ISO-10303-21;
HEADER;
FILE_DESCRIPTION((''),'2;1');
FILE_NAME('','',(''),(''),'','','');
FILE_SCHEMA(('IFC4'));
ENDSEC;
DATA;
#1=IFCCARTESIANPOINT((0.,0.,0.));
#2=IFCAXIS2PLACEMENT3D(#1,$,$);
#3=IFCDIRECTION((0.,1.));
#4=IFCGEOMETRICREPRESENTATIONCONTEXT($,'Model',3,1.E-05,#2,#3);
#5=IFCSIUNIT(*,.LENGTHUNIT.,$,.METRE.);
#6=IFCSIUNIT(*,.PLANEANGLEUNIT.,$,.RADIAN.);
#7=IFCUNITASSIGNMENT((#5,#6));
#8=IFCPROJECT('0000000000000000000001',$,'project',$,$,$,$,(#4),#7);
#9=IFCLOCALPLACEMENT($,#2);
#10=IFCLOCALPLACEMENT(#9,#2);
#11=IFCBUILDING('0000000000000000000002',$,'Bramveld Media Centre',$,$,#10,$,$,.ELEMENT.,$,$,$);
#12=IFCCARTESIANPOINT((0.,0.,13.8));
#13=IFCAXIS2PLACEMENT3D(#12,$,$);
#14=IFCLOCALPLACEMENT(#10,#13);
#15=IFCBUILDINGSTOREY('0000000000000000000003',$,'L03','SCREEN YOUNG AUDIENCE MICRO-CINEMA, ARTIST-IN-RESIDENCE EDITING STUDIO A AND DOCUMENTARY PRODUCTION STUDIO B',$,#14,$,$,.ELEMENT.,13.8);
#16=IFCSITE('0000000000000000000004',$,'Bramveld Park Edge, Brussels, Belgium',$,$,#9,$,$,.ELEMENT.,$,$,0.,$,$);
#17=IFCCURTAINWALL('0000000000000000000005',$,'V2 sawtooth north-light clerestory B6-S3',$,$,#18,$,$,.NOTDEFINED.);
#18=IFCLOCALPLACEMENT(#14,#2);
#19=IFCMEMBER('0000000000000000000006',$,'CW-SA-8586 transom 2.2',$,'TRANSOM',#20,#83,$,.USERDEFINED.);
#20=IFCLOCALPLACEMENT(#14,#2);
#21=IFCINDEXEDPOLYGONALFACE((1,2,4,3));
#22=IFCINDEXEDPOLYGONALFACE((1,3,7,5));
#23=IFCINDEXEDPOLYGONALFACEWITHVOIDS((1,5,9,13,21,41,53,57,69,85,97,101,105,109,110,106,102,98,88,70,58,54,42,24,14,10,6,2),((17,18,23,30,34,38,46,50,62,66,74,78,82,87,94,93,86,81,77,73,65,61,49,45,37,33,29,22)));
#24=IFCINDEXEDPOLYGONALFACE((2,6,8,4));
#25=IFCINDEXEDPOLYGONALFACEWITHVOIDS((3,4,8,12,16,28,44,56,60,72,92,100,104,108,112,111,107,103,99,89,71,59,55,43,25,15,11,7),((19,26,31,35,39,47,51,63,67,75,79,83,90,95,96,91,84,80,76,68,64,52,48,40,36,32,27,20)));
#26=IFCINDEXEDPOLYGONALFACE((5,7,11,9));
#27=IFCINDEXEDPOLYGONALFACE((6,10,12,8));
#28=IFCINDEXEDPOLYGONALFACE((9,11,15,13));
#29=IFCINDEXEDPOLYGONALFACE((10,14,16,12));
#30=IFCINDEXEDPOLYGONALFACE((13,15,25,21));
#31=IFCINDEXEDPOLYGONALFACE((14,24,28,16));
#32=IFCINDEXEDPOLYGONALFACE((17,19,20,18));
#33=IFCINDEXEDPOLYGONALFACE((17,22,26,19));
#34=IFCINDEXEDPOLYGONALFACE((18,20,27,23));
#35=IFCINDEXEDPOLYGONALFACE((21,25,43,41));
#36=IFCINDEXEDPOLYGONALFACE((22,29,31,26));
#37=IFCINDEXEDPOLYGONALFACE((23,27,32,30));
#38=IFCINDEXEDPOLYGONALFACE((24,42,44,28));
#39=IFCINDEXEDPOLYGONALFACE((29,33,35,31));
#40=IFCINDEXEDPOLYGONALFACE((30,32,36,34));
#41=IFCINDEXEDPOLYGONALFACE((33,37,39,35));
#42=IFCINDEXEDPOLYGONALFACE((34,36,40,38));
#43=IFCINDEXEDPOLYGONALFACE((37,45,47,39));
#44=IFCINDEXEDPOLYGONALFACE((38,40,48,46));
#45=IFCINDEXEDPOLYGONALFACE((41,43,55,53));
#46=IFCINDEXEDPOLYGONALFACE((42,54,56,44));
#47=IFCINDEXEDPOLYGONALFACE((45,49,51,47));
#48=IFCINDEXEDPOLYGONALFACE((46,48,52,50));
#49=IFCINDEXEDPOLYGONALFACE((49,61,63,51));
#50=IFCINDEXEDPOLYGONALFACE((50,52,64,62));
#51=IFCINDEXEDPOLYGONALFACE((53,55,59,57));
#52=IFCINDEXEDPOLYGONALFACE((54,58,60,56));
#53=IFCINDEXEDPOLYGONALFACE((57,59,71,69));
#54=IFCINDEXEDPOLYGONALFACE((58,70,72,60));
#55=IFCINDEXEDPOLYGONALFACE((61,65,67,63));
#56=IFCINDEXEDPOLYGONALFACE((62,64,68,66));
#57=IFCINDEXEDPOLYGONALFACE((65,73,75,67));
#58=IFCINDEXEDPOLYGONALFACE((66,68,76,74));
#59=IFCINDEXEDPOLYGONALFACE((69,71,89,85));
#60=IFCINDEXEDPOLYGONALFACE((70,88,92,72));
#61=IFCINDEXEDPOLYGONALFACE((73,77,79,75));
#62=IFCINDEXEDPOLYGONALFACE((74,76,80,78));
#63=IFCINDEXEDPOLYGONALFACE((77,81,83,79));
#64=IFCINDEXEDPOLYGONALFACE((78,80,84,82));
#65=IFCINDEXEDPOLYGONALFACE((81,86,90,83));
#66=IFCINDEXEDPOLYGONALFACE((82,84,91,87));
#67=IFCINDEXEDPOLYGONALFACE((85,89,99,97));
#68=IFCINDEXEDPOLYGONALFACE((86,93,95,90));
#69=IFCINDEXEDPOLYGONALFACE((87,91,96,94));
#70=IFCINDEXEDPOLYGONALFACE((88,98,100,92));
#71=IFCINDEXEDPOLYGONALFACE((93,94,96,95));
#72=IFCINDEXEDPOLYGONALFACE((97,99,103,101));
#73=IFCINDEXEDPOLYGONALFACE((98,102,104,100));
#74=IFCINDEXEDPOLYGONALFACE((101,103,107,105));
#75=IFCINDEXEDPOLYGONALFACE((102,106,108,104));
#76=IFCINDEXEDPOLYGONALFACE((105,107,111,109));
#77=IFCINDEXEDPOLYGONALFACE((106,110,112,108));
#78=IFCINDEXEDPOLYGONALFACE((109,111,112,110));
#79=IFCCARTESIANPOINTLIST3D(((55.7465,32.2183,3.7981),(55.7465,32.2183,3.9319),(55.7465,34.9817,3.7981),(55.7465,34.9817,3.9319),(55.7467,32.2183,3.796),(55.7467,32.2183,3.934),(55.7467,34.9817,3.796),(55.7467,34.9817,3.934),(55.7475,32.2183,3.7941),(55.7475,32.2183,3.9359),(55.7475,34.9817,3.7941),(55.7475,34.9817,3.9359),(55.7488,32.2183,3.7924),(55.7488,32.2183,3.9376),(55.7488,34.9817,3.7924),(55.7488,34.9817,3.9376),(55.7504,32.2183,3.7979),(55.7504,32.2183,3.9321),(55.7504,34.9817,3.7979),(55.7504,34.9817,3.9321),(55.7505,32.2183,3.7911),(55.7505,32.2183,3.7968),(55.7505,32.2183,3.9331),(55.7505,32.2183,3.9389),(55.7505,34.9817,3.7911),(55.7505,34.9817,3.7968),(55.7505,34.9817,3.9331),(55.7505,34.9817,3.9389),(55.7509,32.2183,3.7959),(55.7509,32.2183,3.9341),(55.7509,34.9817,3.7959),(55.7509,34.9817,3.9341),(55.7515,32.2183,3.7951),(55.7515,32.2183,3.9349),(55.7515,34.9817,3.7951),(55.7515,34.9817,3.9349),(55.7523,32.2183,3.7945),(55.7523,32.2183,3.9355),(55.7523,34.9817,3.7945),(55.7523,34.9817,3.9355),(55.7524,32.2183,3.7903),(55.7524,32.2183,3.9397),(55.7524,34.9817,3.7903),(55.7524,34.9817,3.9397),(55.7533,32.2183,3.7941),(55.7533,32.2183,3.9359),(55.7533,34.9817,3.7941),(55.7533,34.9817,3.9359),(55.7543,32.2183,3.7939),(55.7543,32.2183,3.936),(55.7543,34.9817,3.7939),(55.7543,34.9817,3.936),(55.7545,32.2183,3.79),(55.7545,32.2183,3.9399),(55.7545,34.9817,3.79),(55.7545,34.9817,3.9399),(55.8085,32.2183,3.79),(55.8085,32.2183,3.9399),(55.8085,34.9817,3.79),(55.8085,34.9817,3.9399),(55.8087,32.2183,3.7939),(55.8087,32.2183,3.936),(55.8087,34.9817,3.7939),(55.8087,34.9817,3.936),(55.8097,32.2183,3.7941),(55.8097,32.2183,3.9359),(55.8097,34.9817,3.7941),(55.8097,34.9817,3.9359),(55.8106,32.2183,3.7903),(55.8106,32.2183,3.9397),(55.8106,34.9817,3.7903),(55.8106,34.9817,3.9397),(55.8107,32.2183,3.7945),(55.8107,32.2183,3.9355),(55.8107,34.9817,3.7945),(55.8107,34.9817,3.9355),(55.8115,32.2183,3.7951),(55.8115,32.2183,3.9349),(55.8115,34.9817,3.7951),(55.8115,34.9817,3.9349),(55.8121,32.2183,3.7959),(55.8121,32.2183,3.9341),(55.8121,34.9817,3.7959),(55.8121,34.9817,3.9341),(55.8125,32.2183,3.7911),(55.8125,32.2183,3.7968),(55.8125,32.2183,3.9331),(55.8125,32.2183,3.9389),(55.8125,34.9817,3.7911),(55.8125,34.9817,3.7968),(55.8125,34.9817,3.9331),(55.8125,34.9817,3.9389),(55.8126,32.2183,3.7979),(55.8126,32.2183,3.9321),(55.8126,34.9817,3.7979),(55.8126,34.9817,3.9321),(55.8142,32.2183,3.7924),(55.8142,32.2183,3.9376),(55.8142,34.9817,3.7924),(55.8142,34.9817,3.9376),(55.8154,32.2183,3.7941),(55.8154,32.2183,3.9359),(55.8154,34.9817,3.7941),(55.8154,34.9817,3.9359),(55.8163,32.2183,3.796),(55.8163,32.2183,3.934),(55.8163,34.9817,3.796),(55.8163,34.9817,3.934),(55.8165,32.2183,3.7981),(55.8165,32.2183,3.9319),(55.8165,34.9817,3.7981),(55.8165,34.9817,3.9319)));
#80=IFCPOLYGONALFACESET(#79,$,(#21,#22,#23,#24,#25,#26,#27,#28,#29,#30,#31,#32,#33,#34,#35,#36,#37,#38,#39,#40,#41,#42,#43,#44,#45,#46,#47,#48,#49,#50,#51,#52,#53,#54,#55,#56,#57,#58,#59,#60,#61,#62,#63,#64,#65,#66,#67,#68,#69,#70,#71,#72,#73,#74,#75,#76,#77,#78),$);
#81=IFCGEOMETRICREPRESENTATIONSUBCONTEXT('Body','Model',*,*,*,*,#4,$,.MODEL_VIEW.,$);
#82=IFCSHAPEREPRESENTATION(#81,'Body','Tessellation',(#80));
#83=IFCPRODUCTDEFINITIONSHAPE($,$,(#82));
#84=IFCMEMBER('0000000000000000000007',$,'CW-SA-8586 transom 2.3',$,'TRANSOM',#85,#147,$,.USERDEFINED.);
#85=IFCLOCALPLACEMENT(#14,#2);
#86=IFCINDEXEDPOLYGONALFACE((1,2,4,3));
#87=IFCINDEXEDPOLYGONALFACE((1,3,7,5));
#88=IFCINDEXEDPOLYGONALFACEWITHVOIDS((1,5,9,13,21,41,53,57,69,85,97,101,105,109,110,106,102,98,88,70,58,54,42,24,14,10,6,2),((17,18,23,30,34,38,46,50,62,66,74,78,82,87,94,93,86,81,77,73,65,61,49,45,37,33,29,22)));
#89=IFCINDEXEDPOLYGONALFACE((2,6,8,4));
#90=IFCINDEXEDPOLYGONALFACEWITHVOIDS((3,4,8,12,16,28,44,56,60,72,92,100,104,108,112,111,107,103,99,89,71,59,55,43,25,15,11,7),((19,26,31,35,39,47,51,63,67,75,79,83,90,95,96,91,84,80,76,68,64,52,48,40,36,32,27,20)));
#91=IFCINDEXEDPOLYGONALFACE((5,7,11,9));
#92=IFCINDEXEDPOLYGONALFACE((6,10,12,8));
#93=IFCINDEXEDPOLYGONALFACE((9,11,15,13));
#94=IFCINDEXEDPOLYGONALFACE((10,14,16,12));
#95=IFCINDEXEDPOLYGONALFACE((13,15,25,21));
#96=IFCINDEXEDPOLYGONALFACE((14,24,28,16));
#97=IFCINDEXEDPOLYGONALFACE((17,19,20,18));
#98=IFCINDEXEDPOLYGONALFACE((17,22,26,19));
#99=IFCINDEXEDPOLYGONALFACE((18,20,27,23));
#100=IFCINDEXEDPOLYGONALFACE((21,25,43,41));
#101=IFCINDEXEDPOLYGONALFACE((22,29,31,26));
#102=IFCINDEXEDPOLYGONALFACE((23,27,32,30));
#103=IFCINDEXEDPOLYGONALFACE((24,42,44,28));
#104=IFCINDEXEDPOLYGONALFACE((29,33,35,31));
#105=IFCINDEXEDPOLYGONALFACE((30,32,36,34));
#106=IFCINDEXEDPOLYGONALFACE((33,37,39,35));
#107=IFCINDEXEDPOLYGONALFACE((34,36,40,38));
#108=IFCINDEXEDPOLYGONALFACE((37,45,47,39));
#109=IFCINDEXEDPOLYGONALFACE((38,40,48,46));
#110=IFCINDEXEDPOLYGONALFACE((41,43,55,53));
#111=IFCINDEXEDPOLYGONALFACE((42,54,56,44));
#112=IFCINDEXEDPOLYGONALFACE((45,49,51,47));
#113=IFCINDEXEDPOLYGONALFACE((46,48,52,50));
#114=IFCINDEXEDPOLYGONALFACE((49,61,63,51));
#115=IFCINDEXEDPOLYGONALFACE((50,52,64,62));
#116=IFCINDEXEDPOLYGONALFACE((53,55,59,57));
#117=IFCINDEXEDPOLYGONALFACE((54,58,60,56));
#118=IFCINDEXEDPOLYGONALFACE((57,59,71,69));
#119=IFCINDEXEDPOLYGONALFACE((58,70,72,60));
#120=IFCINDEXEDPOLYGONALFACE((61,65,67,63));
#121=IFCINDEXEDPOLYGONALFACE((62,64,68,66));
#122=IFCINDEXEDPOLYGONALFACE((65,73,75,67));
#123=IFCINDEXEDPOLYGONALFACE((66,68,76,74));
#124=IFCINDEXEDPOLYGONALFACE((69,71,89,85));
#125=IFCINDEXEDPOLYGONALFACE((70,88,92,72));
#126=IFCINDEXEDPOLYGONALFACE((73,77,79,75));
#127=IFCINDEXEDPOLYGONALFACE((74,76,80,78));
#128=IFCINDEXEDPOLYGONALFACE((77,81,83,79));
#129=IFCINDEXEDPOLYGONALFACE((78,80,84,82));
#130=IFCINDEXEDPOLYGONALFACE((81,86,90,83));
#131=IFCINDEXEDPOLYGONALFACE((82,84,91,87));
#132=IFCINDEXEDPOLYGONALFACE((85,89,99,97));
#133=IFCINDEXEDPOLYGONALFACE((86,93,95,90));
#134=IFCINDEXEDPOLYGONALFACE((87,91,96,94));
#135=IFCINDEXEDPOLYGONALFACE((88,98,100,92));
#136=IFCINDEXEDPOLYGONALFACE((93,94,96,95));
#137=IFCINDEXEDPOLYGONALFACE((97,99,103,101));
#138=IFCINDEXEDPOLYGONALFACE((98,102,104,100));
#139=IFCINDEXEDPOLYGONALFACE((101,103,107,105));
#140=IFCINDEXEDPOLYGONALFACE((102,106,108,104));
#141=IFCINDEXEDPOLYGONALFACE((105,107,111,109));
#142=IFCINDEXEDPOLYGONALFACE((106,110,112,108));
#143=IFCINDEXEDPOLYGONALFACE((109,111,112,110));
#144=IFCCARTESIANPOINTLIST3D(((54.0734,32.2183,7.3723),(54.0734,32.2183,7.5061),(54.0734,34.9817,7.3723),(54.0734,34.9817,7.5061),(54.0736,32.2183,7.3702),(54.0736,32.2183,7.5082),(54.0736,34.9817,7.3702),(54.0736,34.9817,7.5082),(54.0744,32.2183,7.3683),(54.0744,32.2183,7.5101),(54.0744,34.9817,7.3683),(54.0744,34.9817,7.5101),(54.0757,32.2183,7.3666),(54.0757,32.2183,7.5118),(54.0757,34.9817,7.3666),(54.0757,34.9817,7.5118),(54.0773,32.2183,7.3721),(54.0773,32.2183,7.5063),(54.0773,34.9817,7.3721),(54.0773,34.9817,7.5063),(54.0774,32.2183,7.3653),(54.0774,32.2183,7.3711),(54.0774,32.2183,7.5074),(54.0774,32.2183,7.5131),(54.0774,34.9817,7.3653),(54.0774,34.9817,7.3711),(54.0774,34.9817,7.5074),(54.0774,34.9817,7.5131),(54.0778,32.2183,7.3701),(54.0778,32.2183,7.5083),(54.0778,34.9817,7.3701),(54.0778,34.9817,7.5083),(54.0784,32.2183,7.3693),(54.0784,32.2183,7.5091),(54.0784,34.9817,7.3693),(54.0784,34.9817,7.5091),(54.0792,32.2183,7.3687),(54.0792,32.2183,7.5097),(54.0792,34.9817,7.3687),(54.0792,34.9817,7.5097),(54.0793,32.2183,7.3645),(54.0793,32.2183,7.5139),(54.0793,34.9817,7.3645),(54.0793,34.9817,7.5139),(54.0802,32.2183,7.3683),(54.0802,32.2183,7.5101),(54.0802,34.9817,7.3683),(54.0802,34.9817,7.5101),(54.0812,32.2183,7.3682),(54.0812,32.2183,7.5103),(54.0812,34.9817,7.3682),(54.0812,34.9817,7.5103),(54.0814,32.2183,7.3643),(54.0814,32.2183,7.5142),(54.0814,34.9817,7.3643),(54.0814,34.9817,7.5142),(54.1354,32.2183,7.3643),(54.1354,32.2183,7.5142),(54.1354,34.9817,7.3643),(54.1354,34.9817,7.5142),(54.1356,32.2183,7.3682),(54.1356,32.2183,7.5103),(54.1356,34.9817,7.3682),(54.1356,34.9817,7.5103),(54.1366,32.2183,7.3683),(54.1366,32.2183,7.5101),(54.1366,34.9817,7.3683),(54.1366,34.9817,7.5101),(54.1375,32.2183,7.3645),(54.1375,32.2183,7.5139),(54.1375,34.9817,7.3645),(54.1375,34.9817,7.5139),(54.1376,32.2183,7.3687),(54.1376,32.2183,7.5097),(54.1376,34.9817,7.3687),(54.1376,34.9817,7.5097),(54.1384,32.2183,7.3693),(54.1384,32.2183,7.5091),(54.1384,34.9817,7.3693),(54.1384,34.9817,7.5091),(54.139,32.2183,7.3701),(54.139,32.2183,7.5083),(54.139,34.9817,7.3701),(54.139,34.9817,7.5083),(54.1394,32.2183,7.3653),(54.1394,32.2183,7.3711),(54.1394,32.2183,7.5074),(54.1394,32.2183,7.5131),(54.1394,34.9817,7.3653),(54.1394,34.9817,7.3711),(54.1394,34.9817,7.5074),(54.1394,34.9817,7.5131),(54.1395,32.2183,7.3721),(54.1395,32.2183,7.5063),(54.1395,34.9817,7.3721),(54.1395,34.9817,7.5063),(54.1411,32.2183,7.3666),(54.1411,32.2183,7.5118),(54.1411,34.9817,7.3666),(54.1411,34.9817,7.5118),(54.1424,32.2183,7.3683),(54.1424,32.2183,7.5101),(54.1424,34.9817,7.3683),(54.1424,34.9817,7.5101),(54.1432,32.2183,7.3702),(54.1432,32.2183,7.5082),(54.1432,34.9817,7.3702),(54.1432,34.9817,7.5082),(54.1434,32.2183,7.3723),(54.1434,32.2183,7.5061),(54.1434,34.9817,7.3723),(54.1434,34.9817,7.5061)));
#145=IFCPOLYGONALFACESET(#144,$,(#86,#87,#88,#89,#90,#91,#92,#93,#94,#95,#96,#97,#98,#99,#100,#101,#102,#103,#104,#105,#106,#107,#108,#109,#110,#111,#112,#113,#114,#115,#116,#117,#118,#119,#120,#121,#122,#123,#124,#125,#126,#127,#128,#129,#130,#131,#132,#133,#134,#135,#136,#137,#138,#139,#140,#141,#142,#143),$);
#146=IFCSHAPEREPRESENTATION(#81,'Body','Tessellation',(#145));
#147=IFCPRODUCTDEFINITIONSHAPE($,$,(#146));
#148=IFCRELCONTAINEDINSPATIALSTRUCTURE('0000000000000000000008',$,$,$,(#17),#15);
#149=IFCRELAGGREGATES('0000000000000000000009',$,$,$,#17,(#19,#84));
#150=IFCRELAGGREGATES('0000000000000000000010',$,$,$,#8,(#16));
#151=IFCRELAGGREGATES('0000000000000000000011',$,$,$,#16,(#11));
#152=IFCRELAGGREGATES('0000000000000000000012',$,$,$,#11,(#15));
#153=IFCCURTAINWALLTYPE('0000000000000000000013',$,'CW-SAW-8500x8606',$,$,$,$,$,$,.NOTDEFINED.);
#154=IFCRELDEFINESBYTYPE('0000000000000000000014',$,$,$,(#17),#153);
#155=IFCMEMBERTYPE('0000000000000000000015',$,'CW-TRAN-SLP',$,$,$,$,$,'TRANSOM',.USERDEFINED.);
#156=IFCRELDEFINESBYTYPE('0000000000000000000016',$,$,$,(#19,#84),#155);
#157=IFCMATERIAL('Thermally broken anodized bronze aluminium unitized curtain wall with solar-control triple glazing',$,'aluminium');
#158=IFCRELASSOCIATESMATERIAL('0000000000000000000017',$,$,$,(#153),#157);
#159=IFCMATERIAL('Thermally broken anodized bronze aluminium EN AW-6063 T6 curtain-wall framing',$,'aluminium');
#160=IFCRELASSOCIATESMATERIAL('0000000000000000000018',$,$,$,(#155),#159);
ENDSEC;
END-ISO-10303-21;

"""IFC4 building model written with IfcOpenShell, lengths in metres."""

from ifc_helpers import new_model, si_unit, direction, frame, origin, origin_2d, place, context, subcontext, project, spatial, hollow_rectangle, extrude, material, material_profile, profile_set, type_object, element, aggregate, save


model = new_model("IFC4")

# Units and contexts
model_context = context("Model", 3, precision=1e-05, world=origin(), true_north=direction((0.0, 1.0)))
body_context = subcontext(model_context, "Body", "Model", "MODEL_VIEW")
ifc_project = project(units=[si_unit("LENGTHUNIT", "METRE"), si_unit("PLANEANGLEUNIT", "RADIAN")], contexts=[model_context])

# Site, building, storey
site_placement = place(None, origin())
site = spatial("IfcSite", under=ifc_project, at=site_placement, Name="Bramveld Park Edge, Brussels, Belgium", CompositionType="ELEMENT", RefElevation=0.0)
building_placement = place(site_placement, origin())
building = spatial("IfcBuilding", under=site, at=building_placement, Name="Bramveld Media Centre", CompositionType="ELEMENT")
storey_placement = place(building_placement, frame((0.0, 0.0, 13.8)))
storey = spatial("IfcBuildingStorey", under=building, at=storey_placement, Name="L03", Description="SCREEN YOUNG AUDIENCE MICRO-CINEMA, ARTIST-IN-RESIDENCE EDITING STUDIO A AND DOCUMENTARY PRODUCTION STUDIO B", CompositionType="ELEMENT", Elevation=13.8)

# Curtain wall, members
ifc_material_1 = material(Name="Thermally broken anodized bronze aluminium unitized curtain wall with solar-control triple glazing", Category="aluminium")
curtain_wall_type = type_object("IfcCurtainWallType", Name="CW-SAW-8500x8606", PredefinedType="NOTDEFINED", material=ifc_material_1)
curtain_wall_placement = place(storey_placement, origin())
curtain_wall = element("IfcCurtainWall", 1, at=curtain_wall_placement, inside=storey, type_object=curtain_wall_type, Name="V2 sawtooth north-light clerestory B6-S3", PredefinedType="NOTDEFINED")
ifc_material_2 = material(Name="Thermally broken anodized bronze aluminium EN AW-6063 T6 curtain-wall framing", Category="aluminium")
ifc_material_profile_1 = material_profile(ifc_material_2, hollow_rectangle(XDim=0.0701, YDim=0.1499, WallThickness=0.0039, InnerFilletRadius=0.0039, OuterFilletRadius=0.0081, at=origin_2d()), Name="AL-TRAN 70x150")
ifc_profile_set_1 = profile_set([ifc_material_profile_1], Name="Thermally broken anodized bronze aluminium EN AW-6063 T6 curtain-wall framing")
member_type_1 = type_object("IfcMemberType", Name="CW-TRAN-SLP", ElementType="TRANSOM", PredefinedType="USERDEFINED", material=ifc_profile_set_1)
member_1_placement = place(storey_placement, frame((55.7815, 32.2183, 3.865), z_axis=(0.0, 1.0, 0.0), x_axis=(-1.0, 0.0, 0.0)))
member_1 = element("IfcMember", 2, at=member_1_placement, type_object=member_type_1, Name="CW-SA-8586 transom 2.2", ObjectType="TRANSOM", PredefinedType="USERDEFINED", context=body_context, shape_type="SweptSolid", body=[
    extrude(hollow_rectangle(XDim=0.0701, YDim=0.1499, WallThickness=0.0039, InnerFilletRadius=0.0039, OuterFilletRadius=0.0081, at=origin_2d()), origin(), (0.0, 0.0, 1.0), 2.7634),
])
member_2_placement = place(storey_placement, frame((54.1084, 32.2183, 7.4392), z_axis=(0.0, 1.0, 0.0), x_axis=(-1.0, 0.0, 0.0)))
member_2 = element("IfcMember", 3, at=member_2_placement, type_object=member_type_1, Name="CW-SA-8586 transom 2.3", ObjectType="TRANSOM", PredefinedType="USERDEFINED", context=body_context, shape_type="SweptSolid", body=[
    extrude(hollow_rectangle(XDim=0.0701, YDim=0.1499, WallThickness=0.0039, InnerFilletRadius=0.0039, OuterFilletRadius=0.0081, at=origin_2d()), origin(), (0.0, 0.0, 1.0), 2.7634),
])

aggregate(curtain_wall, [member_1, member_2])

save(model, "model.ifc")
